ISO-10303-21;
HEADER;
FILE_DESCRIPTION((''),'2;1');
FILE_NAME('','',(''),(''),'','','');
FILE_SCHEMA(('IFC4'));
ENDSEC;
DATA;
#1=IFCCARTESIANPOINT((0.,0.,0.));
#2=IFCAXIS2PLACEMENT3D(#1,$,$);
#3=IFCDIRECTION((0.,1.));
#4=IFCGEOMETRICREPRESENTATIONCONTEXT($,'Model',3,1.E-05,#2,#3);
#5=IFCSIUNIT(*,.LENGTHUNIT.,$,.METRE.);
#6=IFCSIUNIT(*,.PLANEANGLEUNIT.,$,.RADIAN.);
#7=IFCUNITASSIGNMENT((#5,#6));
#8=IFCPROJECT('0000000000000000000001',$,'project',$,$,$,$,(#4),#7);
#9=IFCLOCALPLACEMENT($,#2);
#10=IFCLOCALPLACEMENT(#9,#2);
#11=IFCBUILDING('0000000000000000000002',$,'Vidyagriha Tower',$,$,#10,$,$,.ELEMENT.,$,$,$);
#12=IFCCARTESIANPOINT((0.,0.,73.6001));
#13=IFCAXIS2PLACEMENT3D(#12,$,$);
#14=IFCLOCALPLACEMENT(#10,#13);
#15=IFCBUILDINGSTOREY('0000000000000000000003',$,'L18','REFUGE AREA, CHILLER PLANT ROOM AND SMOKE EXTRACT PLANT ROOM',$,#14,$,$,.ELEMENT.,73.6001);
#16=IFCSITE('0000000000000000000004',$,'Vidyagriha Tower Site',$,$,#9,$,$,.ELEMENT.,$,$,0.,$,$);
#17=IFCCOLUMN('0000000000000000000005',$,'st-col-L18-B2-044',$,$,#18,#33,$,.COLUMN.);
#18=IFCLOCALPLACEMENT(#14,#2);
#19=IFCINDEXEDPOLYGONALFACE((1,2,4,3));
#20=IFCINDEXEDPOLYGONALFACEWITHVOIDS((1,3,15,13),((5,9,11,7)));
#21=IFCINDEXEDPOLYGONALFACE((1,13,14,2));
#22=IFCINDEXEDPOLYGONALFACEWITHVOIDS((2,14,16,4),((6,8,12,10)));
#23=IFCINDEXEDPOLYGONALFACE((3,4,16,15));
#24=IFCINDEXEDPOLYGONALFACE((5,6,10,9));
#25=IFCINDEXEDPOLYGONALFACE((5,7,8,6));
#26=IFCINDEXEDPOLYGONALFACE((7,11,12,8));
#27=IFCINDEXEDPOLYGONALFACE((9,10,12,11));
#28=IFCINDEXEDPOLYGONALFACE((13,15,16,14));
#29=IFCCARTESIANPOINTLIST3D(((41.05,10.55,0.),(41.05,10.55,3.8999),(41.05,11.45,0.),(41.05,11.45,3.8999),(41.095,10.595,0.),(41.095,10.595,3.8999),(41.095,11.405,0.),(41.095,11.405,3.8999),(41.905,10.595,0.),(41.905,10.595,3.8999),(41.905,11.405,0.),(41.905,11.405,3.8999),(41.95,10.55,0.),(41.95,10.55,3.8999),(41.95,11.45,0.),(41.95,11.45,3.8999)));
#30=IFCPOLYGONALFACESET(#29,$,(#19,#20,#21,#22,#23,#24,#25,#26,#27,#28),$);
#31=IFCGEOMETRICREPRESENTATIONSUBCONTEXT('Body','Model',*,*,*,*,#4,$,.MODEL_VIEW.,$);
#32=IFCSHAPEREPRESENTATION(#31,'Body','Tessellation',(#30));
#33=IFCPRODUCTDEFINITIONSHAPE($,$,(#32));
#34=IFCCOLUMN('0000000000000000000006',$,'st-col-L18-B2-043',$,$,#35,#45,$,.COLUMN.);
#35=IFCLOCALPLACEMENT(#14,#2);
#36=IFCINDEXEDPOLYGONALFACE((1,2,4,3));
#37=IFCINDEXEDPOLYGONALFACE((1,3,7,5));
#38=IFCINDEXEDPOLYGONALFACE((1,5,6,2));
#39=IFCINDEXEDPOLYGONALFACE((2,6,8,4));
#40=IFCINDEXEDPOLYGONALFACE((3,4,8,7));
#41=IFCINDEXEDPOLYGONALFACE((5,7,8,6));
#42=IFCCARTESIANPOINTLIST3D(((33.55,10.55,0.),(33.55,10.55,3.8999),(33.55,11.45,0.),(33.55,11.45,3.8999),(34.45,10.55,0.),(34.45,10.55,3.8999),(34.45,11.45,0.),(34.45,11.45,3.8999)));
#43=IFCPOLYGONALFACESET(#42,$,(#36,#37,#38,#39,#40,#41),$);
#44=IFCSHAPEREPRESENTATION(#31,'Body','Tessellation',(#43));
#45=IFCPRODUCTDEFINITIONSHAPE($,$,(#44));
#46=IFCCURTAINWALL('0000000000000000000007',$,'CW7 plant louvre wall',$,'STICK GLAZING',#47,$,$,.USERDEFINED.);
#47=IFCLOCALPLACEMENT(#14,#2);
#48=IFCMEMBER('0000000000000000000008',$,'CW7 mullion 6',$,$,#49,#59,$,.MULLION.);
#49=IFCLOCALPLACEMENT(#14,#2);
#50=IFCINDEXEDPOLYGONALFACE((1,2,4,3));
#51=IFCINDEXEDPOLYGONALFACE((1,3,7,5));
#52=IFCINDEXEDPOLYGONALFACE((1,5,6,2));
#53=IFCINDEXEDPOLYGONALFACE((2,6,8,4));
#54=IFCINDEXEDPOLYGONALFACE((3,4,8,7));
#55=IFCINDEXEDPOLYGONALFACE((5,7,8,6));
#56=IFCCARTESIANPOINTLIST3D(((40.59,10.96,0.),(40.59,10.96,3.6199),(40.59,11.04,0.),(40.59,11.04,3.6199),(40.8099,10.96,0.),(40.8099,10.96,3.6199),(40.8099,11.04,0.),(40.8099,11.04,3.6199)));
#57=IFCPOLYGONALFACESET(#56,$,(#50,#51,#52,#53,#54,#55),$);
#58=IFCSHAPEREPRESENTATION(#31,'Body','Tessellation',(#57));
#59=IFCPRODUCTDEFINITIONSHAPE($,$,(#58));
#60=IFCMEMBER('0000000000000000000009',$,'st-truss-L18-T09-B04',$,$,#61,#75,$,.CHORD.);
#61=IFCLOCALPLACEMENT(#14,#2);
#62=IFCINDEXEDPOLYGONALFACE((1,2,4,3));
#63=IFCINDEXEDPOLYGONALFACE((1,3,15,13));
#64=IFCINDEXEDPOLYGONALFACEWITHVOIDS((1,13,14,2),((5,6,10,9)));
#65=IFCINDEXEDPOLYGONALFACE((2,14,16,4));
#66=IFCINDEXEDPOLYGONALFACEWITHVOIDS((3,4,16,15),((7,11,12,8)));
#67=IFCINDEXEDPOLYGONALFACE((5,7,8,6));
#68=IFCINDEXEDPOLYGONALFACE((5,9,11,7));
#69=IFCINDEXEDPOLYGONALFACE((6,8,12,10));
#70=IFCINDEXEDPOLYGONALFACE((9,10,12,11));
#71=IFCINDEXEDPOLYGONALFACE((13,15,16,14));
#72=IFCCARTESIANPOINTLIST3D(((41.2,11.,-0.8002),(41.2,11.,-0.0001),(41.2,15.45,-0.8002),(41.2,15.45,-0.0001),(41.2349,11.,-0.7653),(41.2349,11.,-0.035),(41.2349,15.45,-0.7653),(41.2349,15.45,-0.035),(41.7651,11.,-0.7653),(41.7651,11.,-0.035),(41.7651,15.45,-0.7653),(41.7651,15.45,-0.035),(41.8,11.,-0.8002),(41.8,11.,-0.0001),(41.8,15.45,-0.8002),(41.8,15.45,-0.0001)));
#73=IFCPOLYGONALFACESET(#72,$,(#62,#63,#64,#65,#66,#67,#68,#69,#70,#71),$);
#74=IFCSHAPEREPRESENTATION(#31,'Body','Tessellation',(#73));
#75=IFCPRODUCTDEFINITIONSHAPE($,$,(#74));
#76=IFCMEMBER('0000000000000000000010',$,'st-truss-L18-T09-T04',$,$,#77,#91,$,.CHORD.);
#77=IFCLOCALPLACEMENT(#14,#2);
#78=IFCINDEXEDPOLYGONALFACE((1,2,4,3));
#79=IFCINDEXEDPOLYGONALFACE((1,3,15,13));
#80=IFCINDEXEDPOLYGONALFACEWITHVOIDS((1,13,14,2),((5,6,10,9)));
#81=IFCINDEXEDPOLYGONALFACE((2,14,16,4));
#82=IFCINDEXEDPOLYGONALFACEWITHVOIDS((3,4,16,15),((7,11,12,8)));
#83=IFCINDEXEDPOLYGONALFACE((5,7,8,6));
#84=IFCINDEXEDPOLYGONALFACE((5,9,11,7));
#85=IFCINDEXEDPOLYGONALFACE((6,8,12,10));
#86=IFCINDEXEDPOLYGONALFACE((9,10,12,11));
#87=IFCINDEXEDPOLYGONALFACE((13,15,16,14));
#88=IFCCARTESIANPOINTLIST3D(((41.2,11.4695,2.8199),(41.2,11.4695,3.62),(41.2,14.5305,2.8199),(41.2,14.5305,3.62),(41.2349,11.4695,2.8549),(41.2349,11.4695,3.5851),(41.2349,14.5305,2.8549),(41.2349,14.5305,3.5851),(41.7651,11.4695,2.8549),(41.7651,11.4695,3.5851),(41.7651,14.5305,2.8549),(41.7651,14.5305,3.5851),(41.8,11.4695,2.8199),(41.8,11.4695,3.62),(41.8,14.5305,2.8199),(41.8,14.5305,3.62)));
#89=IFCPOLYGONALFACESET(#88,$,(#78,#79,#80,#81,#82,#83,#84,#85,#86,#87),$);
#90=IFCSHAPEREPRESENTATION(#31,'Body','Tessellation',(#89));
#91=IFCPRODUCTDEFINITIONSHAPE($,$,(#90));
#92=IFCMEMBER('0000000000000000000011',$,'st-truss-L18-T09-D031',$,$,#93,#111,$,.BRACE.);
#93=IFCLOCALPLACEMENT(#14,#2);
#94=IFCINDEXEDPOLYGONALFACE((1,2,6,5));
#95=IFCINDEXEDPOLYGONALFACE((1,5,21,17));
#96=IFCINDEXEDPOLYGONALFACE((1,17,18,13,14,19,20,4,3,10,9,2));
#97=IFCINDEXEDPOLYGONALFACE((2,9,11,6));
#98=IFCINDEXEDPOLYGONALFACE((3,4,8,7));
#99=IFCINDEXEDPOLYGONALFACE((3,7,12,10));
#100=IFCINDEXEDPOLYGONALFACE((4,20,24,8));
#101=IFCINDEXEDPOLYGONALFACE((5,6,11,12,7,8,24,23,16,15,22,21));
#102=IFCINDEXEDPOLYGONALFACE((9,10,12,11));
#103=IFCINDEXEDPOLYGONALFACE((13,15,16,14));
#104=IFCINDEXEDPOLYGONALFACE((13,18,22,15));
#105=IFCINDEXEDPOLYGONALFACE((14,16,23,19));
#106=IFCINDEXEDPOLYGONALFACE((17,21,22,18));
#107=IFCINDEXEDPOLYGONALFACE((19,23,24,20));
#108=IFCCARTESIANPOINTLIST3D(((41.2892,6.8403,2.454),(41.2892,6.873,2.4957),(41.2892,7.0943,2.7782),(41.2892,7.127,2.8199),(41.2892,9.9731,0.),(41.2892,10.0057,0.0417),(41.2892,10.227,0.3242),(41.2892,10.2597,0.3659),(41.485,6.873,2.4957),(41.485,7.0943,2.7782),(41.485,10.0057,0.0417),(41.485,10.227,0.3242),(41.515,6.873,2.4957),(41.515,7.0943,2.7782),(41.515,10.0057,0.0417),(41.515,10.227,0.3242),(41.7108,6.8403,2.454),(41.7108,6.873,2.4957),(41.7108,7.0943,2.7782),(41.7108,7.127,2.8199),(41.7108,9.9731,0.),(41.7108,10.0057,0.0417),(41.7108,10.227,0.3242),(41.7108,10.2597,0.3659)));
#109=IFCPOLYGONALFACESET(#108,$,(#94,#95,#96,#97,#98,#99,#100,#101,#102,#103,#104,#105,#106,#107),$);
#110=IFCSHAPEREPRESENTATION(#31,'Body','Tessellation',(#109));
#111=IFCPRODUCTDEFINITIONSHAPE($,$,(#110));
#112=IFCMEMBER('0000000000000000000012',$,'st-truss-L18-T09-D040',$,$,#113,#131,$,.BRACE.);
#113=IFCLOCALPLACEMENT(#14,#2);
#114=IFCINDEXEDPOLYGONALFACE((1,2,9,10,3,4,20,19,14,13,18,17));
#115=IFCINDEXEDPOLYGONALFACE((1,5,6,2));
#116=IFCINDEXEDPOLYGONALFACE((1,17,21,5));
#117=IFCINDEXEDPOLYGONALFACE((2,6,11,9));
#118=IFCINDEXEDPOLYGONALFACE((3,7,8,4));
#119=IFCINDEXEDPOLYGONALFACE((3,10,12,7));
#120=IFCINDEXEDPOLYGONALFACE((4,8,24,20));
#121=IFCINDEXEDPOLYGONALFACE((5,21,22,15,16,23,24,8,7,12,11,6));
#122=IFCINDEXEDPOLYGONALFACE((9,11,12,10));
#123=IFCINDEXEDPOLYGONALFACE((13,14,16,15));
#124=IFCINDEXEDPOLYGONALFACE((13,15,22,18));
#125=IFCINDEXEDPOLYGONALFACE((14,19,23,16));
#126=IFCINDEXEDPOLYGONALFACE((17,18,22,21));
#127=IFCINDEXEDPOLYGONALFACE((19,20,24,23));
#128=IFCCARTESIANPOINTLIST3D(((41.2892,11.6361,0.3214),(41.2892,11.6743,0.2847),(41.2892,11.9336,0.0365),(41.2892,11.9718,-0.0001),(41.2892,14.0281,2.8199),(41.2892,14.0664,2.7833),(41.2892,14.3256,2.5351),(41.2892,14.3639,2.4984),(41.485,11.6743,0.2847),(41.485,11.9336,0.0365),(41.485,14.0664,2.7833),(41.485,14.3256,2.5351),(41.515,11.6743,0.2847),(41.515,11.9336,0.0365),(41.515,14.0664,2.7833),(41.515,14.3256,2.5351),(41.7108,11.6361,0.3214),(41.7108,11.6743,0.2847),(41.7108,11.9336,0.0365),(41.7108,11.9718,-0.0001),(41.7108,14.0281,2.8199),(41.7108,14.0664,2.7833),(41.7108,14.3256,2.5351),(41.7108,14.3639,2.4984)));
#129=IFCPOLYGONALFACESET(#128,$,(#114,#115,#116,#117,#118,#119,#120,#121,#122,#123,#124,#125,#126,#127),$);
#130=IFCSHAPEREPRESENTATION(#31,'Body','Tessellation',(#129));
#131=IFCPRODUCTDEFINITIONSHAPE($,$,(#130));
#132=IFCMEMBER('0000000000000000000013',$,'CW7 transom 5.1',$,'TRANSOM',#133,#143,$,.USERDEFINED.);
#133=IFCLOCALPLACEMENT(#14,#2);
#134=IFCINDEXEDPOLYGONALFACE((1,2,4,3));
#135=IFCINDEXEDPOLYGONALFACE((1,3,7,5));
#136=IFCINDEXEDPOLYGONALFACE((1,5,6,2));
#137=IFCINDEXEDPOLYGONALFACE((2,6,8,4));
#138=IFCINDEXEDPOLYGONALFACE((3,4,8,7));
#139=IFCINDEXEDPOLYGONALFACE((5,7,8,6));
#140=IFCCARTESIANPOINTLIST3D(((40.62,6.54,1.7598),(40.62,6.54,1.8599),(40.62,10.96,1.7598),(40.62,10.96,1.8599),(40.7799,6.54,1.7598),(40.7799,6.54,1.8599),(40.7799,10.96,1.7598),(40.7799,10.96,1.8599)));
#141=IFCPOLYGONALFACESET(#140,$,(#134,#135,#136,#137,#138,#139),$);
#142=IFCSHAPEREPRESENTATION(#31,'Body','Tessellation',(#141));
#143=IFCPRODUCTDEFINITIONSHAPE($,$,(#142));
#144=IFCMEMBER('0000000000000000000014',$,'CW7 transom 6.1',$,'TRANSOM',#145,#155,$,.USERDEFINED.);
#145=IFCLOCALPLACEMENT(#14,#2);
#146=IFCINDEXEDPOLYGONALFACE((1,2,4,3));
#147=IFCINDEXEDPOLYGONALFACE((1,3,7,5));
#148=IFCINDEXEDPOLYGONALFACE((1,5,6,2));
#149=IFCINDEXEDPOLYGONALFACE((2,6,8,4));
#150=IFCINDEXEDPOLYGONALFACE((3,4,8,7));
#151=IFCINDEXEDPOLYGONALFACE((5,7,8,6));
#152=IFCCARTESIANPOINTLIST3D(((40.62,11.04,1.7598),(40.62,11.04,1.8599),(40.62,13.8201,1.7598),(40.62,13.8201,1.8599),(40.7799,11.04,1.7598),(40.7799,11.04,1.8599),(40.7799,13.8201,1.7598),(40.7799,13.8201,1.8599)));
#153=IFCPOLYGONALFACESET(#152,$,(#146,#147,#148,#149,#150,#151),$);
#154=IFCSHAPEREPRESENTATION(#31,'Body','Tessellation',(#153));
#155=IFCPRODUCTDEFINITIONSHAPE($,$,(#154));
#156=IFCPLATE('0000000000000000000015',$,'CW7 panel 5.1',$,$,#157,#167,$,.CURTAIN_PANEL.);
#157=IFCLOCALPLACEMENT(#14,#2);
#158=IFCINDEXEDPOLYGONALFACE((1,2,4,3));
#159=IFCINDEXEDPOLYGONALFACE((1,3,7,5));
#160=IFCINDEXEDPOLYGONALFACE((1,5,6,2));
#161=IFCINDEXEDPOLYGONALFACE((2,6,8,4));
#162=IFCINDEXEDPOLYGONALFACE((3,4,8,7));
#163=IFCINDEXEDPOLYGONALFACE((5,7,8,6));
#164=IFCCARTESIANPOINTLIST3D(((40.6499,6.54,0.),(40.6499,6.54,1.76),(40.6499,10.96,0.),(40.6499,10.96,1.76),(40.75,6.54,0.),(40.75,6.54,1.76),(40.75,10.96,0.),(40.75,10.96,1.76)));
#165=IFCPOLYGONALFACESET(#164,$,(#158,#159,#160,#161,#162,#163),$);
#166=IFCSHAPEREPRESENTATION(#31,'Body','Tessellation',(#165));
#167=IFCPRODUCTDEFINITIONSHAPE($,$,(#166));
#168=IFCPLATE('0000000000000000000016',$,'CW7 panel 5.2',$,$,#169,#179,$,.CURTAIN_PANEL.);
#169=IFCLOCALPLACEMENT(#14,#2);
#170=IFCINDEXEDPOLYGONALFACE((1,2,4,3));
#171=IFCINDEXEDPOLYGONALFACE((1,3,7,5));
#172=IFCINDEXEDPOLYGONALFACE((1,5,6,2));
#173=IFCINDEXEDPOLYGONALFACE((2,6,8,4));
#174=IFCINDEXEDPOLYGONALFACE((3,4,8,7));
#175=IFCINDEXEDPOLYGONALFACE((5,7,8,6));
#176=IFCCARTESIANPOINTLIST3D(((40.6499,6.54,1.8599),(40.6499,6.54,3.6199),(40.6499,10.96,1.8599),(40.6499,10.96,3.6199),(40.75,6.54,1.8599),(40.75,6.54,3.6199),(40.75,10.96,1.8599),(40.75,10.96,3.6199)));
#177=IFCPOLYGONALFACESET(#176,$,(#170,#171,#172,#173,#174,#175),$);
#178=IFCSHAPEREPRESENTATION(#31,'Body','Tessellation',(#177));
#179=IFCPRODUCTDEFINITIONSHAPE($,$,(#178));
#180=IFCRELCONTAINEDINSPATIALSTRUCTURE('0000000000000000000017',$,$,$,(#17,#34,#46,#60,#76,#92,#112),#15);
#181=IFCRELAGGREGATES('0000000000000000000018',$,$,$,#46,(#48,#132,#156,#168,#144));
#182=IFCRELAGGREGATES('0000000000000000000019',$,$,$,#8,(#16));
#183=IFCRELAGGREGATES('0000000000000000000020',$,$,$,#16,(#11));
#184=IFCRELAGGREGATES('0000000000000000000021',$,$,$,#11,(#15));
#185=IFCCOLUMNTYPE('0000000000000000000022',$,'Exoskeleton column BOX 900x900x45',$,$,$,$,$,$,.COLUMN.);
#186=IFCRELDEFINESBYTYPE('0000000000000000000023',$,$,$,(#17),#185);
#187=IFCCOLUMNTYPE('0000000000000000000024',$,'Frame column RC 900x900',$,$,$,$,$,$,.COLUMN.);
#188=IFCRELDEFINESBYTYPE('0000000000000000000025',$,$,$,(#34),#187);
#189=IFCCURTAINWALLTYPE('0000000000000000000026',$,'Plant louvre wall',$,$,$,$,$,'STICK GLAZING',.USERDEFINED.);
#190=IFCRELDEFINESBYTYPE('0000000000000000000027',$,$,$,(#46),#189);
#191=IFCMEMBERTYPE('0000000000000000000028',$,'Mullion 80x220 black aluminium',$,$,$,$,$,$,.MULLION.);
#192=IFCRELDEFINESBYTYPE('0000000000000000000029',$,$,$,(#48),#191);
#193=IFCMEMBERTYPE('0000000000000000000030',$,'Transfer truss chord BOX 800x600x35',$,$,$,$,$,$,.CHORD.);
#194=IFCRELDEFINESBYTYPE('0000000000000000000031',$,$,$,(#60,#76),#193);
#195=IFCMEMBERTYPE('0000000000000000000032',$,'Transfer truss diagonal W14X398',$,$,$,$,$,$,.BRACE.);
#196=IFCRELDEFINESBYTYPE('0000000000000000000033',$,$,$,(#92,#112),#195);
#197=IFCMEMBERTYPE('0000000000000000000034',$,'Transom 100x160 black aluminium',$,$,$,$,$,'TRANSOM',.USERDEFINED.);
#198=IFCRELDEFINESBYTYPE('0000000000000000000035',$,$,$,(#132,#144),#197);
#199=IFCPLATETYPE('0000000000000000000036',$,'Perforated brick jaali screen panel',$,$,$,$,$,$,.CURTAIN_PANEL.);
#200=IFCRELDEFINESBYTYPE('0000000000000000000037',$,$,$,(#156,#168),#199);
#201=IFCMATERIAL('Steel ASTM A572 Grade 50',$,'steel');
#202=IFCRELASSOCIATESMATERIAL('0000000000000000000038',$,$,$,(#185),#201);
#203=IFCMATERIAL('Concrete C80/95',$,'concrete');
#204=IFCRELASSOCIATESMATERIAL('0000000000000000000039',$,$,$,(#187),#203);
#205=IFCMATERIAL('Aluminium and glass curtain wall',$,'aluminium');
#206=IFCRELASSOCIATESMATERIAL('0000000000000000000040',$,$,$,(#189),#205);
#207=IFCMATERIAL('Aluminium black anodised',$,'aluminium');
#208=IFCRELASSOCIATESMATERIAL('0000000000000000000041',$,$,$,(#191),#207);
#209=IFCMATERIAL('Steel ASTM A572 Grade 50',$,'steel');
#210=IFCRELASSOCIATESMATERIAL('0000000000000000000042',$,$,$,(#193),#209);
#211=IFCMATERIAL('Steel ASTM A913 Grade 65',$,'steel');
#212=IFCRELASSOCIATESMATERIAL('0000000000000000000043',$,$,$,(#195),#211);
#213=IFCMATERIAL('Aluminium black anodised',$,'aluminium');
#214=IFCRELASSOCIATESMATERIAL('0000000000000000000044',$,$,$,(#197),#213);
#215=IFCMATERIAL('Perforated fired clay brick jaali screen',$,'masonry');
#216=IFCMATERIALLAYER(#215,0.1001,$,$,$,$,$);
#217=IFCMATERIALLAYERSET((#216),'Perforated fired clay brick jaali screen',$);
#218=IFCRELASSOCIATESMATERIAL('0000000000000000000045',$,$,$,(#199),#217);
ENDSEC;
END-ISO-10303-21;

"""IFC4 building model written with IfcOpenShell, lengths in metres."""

from ifc_helpers import new_model, si_unit, direction, frame, origin, origin_2d, place, context, subcontext, project, spatial, rectangle, hollow_rectangle, i_section, extrude, material, layer, layer_set, material_profile, profile_set, type_object, element, aggregate, save


model = new_model("IFC4")

# Units and contexts
model_context = context("Model", 3, precision=1e-05, world=origin(), true_north=direction((0.0, 1.0)))
body_context = subcontext(model_context, "Body", "Model", "MODEL_VIEW")
ifc_project = project(units=[si_unit("LENGTHUNIT", "METRE"), si_unit("PLANEANGLEUNIT", "RADIAN")], contexts=[model_context])

# Site, building, storey
site_placement = place(None, origin())
site = spatial("IfcSite", under=ifc_project, at=site_placement, Name="Vidyagriha Tower Site", CompositionType="ELEMENT", RefElevation=0.0)
building_placement = place(site_placement, origin())
building = spatial("IfcBuilding", under=site, at=building_placement, Name="Vidyagriha Tower", CompositionType="ELEMENT")
storey_placement = place(building_placement, frame((0.0, 0.0, 73.6001)))
storey = spatial("IfcBuildingStorey", under=building, at=storey_placement, Name="L18", Description="REFUGE AREA, CHILLER PLANT ROOM AND SMOKE EXTRACT PLANT ROOM", CompositionType="ELEMENT", Elevation=73.6001)

# Columns
ifc_material_1 = material(Name="Steel ASTM A572 Grade 50", Category="steel")
ifc_material_profile_1 = material_profile(ifc_material_1, hollow_rectangle(XDim=0.8999, YDim=0.8999, WallThickness=0.0449, at=origin_2d()), Name="BOX 900x900x45")
ifc_profile_set_1 = profile_set([ifc_material_profile_1], Name="Steel ASTM A572 Grade 50")
column_type_1 = type_object("IfcColumnType", Name="Exoskeleton column BOX 900x900x45", PredefinedType="COLUMN", material=ifc_profile_set_1)
column_1_placement = place(storey_placement, frame((41.5, 11.0, 0.0)))
element("IfcColumn", 1, at=column_1_placement, inside=storey, type_object=column_type_1, Name="st-col-L18-B2-044", PredefinedType="COLUMN", context=body_context, shape_type="SweptSolid", body=[
    extrude(hollow_rectangle(XDim=0.8999, YDim=0.8999, WallThickness=0.0449, at=origin_2d()), origin(), (0.0, 0.0, 1.0), 3.8999),
])
ifc_material_2 = material(Name="Concrete C80/95", Category="concrete")
ifc_material_profile_2 = material_profile(ifc_material_2, rectangle(XDim=0.8999, YDim=0.8999, at=origin_2d()), Name="RC 900x900")
ifc_profile_set_2 = profile_set([ifc_material_profile_2], Name="Concrete C80/95")
column_type_2 = type_object("IfcColumnType", Name="Frame column RC 900x900", PredefinedType="COLUMN", material=ifc_profile_set_2)
column_2_placement = place(storey_placement, frame((34.0, 11.0, 0.0)))
element("IfcColumn", 2, at=column_2_placement, inside=storey, type_object=column_type_2, Name="st-col-L18-B2-043", PredefinedType="COLUMN", context=body_context, shape_type="SweptSolid", body=[
    extrude(rectangle(XDim=0.8999, YDim=0.8999, at=origin_2d()), origin(), (0.0, 0.0, 1.0), 3.8999),
])

# Curtain wall, member
ifc_material_3 = material(Name="Aluminium and glass curtain wall", Category="aluminium")
curtain_wall_type = type_object("IfcCurtainWallType", Name="Plant louvre wall", ElementType="STICK GLAZING", PredefinedType="USERDEFINED", material=ifc_material_3)
curtain_wall_placement = place(storey_placement, origin())
curtain_wall = element("IfcCurtainWall", 3, at=curtain_wall_placement, inside=storey, type_object=curtain_wall_type, Name="CW7 plant louvre wall", ObjectType="STICK GLAZING", PredefinedType="USERDEFINED")
ifc_material_4 = material(Name="Aluminium black anodised", Category="aluminium")
ifc_material_profile_3 = material_profile(ifc_material_4, rectangle(XDim=0.22, YDim=0.0801, at=origin_2d()), Name="Mullion 80x220 black aluminium")
ifc_profile_set_3 = profile_set([ifc_material_profile_3], Name="Aluminium black anodised")
member_type_1 = type_object("IfcMemberType", Name="Mullion 80x220 black aluminium", PredefinedType="MULLION", material=ifc_profile_set_3)
member_1_placement = place(storey_placement, frame((40.7, 11.0, 0.0), z_axis=(0.0, 0.0, 1.0), x_axis=(-1.0, 0.0, 0.0)))
member_1 = element("IfcMember", 4, at=member_1_placement, type_object=member_type_1, Name="CW7 mullion 6", PredefinedType="MULLION", context=body_context, shape_type="SweptSolid", body=[
    extrude(rectangle(XDim=0.22, YDim=0.0801, at=origin_2d()), origin(), (0.0, 0.0, 1.0), 3.6199),
])

# Members
ifc_material_5 = material(Name="Steel ASTM A572 Grade 50", Category="steel")
ifc_material_profile_4 = material_profile(ifc_material_5, hollow_rectangle(XDim=0.6001, YDim=0.8, WallThickness=0.0349, at=origin_2d()), Name="BOX 800x600x35")
ifc_profile_set_4 = profile_set([ifc_material_profile_4], Name="Steel ASTM A572 Grade 50")
member_type_2 = type_object("IfcMemberType", Name="Transfer truss chord BOX 800x600x35", PredefinedType="CHORD", material=ifc_profile_set_4)
member_2_placement = place(storey_placement, frame((41.5, 11.0, -0.4001), z_axis=(0.0, 1.0, 0.0), x_axis=(-1.0, 0.0, 0.0)))
element("IfcMember", 5, at=member_2_placement, inside=storey, type_object=member_type_2, Name="st-truss-L18-T09-B04", PredefinedType="CHORD", context=body_context, shape_type="SweptSolid", body=[
    extrude(hollow_rectangle(XDim=0.6001, YDim=0.8, WallThickness=0.0349, at=origin_2d()), origin(), (0.0, 0.0, 1.0), 4.45),
])
member_3_placement = place(storey_placement, frame((41.5, 11.4695, 3.22), z_axis=(0.0, 1.0, 0.0), x_axis=(-1.0, 0.0, 0.0)))
element("IfcMember", 6, at=member_3_placement, inside=storey, type_object=member_type_2, Name="st-truss-L18-T09-T04", PredefinedType="CHORD", context=body_context, shape_type="SweptSolid", body=[
    extrude(hollow_rectangle(XDim=0.6001, YDim=0.8, WallThickness=0.0349, at=origin_2d()), origin(), (0.0, 0.0, 1.0), 3.061),
])
ifc_material_6 = material(Name="Steel ASTM A913 Grade 65", Category="steel")
ifc_material_profile_5 = material_profile(ifc_material_6, i_section(OverallWidth=0.4216, OverallDepth=0.4648, WebThickness=0.03, FlangeThickness=0.053, at=origin_2d()), Name="W14X398")
ifc_profile_set_5 = profile_set([ifc_material_profile_5], Name="Steel ASTM A913 Grade 65")
member_type_3 = type_object("IfcMemberType", Name="Transfer truss diagonal W14X398", PredefinedType="BRACE", material=ifc_profile_set_5)
member_4_placement = place(storey_placement, frame((41.5, 6.9836, 2.637), z_axis=(0.0, 0.78722, -0.616672), x_axis=(-1.0, 0.0, 0.0)))
element("IfcMember", 7, at=member_4_placement, inside=storey, type_object=member_type_3, Name="st-truss-L18-T09-D031", PredefinedType="BRACE", context=body_context, shape_type="SweptSolid", body=[
    extrude(i_section(OverallWidth=0.4216, OverallDepth=0.4648, WebThickness=0.03, FlangeThickness=0.053, at=origin_2d()), origin(), (0.0, 0.0, 1.0), 3.9795),
])
member_5_placement = place(storey_placement, frame((41.5, 11.804, 0.1606), z_axis=(0.0, 0.691553, 0.722326), x_axis=(-1.0, 0.0, 0.0)))
element("IfcMember", 8, at=member_5_placement, inside=storey, type_object=member_type_3, Name="st-truss-L18-T09-D040", PredefinedType="BRACE", context=body_context, shape_type="SweptSolid", body=[
    extrude(i_section(OverallWidth=0.4216, OverallDepth=0.4648, WebThickness=0.03, FlangeThickness=0.053, at=origin_2d()), origin(), (0.0, 0.0, 1.0), 3.459),
])

# Members
ifc_material_7 = material(Name="Aluminium black anodised", Category="aluminium")
ifc_material_profile_6 = material_profile(ifc_material_7, rectangle(XDim=0.1599, YDim=0.1001, at=origin_2d()), Name="Transom 100x160 black aluminium")
ifc_profile_set_6 = profile_set([ifc_material_profile_6], Name="Aluminium black anodised")
member_type_4 = type_object("IfcMemberType", Name="Transom 100x160 black aluminium", ElementType="TRANSOM", PredefinedType="USERDEFINED", material=ifc_profile_set_6)
member_6_placement = place(storey_placement, frame((40.7, 6.54, 1.8098), z_axis=(0.0, 1.0, 0.0), x_axis=(-1.0, 0.0, 0.0)))
member_6 = element("IfcMember", 9, at=member_6_placement, type_object=member_type_4, Name="CW7 transom 5.1", ObjectType="TRANSOM", PredefinedType="USERDEFINED", context=body_context, shape_type="SweptSolid", body=[
    extrude(rectangle(XDim=0.1599, YDim=0.1001, at=origin_2d()), origin(), (0.0, 0.0, 1.0), 4.4199),
])
member_7_placement = place(storey_placement, frame((40.7, 11.04, 1.8098), z_axis=(0.0, 1.0, 0.0), x_axis=(-1.0, 0.0, 0.0)))
member_7 = element("IfcMember", 10, at=member_7_placement, type_object=member_type_4, Name="CW7 transom 6.1", ObjectType="TRANSOM", PredefinedType="USERDEFINED", context=body_context, shape_type="SweptSolid", body=[
    extrude(rectangle(XDim=0.1599, YDim=0.1001, at=origin_2d()), origin(), (0.0, 0.0, 1.0), 2.78),
])

# Plates
ifc_material_8 = material(Name="Perforated fired clay brick jaali screen", Category="masonry")
ifc_layer = layer(ifc_material_8, 0.1001)
ifc_layer_set = layer_set([ifc_layer], Name="Perforated fired clay brick jaali screen")
plate_type = type_object("IfcPlateType", Name="Perforated brick jaali screen panel", PredefinedType="CURTAIN_PANEL", material=ifc_layer_set)
plate_1_placement = place(storey_placement, frame((40.7, 8.75, 0.0), z_axis=(0.0, 0.0, 1.0), x_axis=(0.0, 1.0, 0.0)))
plate_1 = element("IfcPlate", 11, at=plate_1_placement, type_object=plate_type, Name="CW7 panel 5.1", PredefinedType="CURTAIN_PANEL", context=body_context, shape_type="SweptSolid", body=[
    extrude(rectangle(XDim=4.4199, YDim=0.1001, at=origin_2d()), origin(), (0.0, 0.0, 1.0), 1.76),
])
plate_2_placement = place(storey_placement, frame((40.7, 8.75, 1.8599), z_axis=(0.0, 0.0, 1.0), x_axis=(0.0, 1.0, 0.0)))
plate_2 = element("IfcPlate", 12, at=plate_2_placement, type_object=plate_type, Name="CW7 panel 5.2", PredefinedType="CURTAIN_PANEL", context=body_context, shape_type="SweptSolid", body=[
    extrude(rectangle(XDim=4.4199, YDim=0.1001, at=origin_2d()), origin(), (0.0, 0.0, 1.0), 1.76),
])
aggregate(curtain_wall, [member_1, member_6, plate_1, plate_2, member_7])

save(model, "model.ifc")
